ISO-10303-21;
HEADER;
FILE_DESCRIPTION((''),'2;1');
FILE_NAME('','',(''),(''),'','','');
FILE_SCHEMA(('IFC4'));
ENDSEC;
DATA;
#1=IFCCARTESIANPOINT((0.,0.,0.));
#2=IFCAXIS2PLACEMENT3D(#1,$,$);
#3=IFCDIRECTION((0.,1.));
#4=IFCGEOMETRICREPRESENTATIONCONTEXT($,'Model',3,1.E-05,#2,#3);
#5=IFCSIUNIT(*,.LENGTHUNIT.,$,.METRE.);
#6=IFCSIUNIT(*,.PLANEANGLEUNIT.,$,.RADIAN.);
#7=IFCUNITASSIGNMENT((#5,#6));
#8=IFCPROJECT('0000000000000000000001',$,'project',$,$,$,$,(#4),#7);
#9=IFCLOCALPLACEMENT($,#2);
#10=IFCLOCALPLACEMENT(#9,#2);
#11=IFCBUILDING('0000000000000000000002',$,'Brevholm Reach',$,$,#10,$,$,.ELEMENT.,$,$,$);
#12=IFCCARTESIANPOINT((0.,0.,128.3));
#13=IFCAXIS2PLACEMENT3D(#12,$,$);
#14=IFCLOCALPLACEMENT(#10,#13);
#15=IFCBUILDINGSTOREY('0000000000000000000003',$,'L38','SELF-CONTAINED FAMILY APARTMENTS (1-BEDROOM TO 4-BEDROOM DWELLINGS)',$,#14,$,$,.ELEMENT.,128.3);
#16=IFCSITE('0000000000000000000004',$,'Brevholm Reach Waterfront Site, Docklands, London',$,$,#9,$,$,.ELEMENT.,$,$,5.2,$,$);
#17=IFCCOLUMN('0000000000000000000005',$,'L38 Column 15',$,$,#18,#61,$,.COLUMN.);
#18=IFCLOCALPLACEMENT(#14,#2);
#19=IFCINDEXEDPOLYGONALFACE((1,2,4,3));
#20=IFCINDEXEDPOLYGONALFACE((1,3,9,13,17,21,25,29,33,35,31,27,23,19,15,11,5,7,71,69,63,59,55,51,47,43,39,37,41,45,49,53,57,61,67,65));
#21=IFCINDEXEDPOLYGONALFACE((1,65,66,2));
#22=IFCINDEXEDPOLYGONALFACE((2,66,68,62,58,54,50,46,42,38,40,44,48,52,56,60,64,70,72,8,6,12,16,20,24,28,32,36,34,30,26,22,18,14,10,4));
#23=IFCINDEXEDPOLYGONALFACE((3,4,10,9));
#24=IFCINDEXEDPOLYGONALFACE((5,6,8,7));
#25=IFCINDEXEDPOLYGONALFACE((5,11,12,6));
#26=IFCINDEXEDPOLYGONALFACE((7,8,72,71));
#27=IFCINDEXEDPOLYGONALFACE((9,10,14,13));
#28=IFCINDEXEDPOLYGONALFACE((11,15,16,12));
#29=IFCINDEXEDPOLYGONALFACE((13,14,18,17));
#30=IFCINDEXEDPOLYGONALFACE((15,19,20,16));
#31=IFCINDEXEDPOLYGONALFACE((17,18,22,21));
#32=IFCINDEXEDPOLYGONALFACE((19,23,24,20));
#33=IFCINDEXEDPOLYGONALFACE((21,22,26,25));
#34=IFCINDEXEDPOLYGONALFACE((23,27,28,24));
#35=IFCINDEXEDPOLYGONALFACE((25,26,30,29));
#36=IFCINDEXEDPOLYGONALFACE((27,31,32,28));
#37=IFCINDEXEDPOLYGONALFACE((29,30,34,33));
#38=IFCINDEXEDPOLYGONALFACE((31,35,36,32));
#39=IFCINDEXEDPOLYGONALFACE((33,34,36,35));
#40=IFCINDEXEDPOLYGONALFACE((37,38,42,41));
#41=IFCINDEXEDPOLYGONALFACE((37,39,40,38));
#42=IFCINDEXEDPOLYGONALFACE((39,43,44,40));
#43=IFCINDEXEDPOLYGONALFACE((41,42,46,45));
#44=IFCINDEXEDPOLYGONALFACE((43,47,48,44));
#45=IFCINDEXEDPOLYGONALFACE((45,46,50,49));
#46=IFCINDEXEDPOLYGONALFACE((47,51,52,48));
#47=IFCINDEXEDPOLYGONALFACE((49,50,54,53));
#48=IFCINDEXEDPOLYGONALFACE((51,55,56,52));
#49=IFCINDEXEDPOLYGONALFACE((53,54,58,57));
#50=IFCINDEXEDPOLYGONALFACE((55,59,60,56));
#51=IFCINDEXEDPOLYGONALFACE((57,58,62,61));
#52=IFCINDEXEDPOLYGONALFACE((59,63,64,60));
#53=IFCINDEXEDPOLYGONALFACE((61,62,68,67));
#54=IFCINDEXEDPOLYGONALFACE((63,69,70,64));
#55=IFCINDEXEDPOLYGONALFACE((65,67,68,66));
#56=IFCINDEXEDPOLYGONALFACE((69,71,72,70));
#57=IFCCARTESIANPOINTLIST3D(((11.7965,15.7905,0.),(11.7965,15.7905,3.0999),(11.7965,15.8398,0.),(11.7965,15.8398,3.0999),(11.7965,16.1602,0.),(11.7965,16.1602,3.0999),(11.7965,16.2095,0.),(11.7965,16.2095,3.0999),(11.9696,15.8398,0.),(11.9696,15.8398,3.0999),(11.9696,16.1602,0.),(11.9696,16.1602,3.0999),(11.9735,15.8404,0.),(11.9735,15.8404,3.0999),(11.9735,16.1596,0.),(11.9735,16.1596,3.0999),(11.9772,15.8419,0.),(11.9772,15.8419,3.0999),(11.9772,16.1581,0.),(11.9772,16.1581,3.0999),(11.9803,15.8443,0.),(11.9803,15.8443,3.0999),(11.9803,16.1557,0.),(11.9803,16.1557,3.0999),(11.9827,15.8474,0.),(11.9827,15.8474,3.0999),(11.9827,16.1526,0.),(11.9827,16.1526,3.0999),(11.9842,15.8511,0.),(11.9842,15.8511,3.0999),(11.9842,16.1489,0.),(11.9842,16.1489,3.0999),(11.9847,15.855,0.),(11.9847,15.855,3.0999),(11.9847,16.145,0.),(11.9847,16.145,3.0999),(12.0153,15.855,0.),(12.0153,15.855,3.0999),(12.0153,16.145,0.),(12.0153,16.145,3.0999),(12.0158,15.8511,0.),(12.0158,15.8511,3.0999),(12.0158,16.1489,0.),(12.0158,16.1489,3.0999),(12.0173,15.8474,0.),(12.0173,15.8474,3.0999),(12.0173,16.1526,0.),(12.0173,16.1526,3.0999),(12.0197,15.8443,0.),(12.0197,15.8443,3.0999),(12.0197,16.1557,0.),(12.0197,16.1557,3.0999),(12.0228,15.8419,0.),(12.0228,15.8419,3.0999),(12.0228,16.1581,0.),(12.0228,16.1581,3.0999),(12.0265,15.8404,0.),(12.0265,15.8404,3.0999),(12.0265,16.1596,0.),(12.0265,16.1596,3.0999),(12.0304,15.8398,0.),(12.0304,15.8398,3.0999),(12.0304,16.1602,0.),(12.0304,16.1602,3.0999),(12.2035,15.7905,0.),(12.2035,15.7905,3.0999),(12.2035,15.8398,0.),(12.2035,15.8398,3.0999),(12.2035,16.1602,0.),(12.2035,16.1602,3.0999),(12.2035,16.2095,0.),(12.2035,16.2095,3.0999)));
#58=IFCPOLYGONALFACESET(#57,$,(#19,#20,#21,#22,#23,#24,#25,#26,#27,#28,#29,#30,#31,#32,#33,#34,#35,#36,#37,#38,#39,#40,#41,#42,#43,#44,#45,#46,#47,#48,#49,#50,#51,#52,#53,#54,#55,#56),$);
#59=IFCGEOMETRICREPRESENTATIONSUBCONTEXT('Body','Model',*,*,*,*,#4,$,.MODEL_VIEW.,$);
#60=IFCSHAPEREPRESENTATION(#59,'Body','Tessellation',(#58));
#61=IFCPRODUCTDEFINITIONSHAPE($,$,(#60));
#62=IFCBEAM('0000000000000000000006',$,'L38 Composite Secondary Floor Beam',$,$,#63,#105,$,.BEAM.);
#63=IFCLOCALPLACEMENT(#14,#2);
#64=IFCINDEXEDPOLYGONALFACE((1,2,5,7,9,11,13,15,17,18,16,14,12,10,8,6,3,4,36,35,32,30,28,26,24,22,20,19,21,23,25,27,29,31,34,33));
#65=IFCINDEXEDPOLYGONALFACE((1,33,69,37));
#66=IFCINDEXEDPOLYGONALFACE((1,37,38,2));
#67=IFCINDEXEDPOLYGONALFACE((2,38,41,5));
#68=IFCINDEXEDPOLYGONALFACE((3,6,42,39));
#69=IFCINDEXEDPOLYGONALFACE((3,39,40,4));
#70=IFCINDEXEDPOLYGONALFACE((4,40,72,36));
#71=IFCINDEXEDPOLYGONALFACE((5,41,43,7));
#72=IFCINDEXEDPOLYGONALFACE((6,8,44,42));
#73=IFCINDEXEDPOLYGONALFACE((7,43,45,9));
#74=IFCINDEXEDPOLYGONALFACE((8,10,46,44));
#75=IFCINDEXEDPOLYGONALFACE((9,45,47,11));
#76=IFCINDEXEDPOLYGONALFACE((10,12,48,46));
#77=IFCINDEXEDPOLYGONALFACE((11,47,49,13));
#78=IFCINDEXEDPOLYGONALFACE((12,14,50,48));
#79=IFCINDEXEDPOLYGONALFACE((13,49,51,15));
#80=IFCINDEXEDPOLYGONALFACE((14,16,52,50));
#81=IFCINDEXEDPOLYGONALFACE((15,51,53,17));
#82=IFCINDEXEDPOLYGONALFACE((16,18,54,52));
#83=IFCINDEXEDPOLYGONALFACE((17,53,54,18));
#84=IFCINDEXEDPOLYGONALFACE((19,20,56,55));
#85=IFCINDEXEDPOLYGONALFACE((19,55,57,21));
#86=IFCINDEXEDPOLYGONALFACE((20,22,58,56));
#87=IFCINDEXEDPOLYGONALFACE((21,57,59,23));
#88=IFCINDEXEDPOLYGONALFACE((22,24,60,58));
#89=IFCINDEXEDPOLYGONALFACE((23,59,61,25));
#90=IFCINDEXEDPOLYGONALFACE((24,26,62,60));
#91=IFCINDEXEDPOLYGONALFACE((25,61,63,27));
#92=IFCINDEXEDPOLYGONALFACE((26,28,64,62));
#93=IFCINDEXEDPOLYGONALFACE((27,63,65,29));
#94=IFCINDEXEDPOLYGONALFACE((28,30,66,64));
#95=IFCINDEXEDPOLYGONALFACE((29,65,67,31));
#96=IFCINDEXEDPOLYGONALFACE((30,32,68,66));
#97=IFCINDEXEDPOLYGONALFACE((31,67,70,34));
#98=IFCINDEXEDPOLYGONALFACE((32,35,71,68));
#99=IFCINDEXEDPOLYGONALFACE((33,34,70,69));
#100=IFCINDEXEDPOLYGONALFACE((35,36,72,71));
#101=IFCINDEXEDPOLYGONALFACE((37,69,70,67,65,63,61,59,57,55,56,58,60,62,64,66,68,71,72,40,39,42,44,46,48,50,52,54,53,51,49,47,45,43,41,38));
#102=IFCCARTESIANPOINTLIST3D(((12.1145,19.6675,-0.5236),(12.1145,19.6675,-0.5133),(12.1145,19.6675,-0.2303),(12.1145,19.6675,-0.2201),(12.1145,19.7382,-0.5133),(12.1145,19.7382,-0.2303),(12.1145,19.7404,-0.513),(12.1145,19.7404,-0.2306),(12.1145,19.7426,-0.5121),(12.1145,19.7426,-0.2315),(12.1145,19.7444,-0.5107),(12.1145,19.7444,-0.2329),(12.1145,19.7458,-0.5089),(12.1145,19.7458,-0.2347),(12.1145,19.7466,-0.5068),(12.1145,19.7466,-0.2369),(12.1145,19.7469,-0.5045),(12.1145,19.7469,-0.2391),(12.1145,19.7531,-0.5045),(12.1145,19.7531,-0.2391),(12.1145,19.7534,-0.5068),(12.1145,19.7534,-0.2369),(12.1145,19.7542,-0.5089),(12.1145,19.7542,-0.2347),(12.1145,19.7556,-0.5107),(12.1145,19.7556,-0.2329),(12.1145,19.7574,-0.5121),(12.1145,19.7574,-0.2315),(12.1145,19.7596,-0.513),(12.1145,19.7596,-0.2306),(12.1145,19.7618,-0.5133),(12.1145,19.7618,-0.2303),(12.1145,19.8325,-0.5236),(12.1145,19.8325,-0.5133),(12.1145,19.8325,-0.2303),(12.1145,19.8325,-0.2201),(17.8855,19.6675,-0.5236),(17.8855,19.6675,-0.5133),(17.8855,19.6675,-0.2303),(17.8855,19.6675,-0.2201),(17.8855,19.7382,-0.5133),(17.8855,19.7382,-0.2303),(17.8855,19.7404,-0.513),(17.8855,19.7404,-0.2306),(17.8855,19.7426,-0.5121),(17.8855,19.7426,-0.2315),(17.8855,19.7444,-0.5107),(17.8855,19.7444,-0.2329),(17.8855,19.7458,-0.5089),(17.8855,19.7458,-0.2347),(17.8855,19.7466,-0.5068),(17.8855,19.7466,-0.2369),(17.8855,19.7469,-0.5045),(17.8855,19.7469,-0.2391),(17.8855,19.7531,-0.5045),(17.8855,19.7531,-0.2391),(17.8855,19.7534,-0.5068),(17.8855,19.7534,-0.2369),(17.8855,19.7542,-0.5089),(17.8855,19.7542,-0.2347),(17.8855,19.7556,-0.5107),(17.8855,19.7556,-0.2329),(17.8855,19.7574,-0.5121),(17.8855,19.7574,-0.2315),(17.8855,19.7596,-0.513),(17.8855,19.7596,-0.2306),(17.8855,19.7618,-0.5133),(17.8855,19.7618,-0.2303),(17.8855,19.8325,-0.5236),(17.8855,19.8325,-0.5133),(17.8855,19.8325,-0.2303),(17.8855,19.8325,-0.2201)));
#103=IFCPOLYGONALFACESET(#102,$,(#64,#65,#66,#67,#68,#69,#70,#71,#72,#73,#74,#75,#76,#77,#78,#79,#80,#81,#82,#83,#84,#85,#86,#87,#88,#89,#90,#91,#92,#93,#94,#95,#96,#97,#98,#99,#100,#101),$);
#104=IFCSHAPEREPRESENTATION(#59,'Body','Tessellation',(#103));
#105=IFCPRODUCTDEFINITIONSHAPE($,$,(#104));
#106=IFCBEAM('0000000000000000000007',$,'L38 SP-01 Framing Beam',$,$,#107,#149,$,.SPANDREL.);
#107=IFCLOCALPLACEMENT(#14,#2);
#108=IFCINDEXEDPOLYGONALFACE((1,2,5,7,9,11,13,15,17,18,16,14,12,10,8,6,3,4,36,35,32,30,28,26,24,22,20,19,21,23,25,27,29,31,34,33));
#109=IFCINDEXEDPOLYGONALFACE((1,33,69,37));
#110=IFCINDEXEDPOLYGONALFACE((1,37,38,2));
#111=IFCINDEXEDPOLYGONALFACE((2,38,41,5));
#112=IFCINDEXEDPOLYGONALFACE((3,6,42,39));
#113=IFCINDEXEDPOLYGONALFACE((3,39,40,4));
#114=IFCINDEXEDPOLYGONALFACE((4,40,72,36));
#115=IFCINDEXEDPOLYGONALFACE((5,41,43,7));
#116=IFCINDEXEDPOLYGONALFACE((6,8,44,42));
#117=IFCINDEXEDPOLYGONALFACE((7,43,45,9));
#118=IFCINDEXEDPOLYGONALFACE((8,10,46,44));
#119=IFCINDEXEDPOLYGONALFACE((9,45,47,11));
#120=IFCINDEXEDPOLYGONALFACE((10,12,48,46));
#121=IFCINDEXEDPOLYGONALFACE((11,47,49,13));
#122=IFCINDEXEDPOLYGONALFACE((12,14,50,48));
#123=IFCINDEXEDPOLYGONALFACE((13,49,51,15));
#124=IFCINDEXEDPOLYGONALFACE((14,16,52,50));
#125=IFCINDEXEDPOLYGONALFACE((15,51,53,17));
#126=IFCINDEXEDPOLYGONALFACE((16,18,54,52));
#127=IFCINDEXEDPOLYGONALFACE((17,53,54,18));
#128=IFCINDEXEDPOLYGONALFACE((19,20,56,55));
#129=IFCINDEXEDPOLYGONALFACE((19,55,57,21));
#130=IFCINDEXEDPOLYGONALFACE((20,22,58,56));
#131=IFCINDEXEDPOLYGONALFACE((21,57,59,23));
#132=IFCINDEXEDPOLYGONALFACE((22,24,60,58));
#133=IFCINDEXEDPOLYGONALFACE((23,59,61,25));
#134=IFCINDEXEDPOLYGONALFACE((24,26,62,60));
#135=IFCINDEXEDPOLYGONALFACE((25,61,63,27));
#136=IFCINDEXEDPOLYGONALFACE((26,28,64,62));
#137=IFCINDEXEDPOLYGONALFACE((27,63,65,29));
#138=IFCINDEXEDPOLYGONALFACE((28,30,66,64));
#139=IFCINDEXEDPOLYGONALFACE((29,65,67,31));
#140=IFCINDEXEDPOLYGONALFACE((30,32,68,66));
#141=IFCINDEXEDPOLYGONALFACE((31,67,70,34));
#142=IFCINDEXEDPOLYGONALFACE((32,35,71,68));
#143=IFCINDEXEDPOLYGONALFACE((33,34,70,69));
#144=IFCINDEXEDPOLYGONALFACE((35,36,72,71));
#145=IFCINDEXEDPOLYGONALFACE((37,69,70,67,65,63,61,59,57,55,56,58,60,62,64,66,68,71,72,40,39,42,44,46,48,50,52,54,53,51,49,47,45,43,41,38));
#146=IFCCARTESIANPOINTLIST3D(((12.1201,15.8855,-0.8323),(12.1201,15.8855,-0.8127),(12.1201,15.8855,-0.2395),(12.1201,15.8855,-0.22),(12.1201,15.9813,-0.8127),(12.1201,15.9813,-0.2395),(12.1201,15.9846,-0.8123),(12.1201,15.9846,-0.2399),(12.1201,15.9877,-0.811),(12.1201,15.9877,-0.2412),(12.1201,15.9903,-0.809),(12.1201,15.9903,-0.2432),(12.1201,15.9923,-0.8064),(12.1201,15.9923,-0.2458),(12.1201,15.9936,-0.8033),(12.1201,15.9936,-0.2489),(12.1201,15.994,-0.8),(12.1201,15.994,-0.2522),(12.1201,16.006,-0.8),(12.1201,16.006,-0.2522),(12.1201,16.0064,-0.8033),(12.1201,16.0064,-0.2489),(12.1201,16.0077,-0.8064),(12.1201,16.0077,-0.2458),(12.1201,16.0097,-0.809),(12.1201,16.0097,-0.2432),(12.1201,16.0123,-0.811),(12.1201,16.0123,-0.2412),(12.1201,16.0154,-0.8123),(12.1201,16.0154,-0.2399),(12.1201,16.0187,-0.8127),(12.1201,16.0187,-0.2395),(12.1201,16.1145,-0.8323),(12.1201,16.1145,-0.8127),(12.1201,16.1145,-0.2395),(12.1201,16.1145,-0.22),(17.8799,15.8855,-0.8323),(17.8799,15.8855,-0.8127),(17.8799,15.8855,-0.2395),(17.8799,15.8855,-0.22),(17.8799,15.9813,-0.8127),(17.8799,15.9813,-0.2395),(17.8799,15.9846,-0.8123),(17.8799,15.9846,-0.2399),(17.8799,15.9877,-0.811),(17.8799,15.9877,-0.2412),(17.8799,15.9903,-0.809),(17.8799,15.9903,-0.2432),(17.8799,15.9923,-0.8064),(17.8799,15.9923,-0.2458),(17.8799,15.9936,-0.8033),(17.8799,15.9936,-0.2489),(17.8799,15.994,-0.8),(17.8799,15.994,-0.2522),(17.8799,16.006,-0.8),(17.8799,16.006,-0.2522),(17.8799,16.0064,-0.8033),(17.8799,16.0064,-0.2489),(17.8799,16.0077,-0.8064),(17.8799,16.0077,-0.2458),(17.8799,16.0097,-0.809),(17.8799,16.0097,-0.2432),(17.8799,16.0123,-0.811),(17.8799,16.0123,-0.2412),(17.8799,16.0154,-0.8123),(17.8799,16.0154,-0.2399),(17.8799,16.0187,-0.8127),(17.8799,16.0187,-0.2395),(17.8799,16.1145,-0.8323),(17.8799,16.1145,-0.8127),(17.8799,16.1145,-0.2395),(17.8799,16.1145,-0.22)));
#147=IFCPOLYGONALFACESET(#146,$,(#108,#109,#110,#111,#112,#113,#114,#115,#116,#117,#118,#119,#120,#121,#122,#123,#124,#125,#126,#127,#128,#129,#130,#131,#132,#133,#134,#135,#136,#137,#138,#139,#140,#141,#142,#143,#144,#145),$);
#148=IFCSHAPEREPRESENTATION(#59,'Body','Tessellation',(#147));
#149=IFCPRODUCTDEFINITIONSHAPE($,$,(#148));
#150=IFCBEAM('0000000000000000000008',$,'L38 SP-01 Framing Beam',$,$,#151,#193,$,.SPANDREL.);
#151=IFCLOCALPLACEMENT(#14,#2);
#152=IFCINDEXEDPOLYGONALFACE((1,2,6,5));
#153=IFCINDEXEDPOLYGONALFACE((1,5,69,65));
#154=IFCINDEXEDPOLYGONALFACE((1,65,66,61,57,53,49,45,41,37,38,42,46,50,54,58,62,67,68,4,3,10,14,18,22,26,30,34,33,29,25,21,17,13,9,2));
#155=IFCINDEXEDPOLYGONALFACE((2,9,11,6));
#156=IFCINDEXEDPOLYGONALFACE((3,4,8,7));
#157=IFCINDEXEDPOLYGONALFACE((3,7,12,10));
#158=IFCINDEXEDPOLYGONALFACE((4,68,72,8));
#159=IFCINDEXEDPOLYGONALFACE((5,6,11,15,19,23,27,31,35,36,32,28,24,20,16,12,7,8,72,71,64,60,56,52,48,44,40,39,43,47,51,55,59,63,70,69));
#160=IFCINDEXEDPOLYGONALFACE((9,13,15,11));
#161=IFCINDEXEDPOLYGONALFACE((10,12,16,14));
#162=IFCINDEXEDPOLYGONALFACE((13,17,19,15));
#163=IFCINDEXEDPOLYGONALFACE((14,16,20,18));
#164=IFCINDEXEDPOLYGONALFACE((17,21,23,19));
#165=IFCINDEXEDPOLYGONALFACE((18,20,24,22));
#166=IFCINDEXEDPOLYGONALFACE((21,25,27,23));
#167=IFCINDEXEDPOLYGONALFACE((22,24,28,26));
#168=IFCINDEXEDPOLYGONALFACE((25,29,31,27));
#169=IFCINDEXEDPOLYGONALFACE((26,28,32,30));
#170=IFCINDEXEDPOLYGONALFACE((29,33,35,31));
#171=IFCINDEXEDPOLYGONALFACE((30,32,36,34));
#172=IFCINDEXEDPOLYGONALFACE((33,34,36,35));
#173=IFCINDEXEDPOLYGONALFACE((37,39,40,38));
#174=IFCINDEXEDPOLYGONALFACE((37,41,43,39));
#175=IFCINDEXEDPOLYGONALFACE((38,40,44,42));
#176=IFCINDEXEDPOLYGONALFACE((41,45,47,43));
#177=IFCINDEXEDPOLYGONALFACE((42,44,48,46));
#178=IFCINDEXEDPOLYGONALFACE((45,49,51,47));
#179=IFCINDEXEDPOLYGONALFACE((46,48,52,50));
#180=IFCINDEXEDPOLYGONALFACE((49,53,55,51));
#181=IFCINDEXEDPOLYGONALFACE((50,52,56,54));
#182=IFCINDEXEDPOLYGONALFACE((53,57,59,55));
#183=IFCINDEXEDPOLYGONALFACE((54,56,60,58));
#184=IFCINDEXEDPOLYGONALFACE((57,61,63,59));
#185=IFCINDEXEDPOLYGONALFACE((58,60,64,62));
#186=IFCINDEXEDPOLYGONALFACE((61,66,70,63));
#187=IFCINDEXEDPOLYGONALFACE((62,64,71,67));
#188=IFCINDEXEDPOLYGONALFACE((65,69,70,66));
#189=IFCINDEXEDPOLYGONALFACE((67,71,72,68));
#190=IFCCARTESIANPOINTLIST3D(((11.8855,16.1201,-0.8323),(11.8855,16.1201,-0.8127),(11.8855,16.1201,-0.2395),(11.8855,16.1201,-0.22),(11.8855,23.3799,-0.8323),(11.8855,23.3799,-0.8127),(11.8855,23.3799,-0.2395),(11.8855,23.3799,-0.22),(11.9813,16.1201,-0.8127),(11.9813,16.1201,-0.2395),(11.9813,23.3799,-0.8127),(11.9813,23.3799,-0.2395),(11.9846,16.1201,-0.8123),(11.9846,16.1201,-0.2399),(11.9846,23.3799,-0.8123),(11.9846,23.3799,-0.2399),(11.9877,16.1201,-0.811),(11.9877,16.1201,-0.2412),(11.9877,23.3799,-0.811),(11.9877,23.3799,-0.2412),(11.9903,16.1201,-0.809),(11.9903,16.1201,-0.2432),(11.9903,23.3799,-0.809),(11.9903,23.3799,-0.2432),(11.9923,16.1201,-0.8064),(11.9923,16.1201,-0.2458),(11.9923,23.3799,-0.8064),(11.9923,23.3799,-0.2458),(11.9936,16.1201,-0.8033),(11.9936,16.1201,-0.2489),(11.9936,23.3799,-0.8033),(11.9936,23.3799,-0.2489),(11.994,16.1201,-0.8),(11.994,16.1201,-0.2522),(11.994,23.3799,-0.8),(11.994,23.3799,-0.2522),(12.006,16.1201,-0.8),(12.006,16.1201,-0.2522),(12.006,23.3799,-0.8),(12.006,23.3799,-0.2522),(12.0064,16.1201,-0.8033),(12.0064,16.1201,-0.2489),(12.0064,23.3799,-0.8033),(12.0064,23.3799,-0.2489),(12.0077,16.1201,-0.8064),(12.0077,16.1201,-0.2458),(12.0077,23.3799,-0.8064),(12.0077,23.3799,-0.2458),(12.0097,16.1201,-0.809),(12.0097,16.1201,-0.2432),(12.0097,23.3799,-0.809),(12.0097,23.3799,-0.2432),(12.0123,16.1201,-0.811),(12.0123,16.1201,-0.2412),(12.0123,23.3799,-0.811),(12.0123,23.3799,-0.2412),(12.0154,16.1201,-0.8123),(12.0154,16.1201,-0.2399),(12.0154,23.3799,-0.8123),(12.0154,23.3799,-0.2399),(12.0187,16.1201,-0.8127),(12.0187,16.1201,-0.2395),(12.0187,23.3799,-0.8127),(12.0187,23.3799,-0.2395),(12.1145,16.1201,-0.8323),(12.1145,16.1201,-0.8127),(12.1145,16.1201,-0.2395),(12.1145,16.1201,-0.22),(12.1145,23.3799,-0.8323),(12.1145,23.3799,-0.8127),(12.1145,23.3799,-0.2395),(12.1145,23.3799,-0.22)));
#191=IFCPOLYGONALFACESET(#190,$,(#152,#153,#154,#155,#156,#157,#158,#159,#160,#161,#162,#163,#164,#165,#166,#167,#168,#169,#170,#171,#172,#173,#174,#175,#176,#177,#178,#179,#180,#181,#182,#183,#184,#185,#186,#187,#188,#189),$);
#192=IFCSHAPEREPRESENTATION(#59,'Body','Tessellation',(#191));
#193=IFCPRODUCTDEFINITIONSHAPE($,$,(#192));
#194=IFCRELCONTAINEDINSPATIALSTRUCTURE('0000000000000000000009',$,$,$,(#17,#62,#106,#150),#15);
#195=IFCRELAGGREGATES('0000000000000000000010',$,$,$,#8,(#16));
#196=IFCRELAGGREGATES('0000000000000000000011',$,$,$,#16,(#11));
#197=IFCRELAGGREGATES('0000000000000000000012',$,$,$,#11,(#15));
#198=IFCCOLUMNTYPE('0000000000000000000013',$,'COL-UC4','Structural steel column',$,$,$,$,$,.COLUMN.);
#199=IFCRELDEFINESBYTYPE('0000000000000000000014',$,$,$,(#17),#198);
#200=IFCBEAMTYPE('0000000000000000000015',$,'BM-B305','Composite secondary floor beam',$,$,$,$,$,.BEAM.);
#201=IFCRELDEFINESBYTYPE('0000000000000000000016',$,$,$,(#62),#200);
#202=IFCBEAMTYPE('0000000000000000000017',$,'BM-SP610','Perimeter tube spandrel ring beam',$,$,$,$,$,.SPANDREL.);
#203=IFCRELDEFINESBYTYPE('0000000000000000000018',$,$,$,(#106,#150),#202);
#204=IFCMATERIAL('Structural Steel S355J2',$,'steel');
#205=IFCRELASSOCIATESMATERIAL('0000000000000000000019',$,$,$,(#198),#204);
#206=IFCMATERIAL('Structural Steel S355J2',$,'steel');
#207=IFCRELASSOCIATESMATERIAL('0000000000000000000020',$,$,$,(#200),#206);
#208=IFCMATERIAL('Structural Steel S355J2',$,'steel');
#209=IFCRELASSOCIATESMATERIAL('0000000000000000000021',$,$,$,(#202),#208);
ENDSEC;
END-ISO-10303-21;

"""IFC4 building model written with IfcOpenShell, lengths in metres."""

from ifc_helpers import new_model, si_unit, direction, frame, origin, origin_2d, place, context, subcontext, project, spatial, i_section, extrude, material, material_profile, profile_set, type_object, element, save


model = new_model("IFC4")

# Units and contexts
model_context = context("Model", 3, precision=1e-05, world=origin(), true_north=direction((0.0, 1.0)))
body_context = subcontext(model_context, "Body", "Model", "MODEL_VIEW")
ifc_project = project(units=[si_unit("LENGTHUNIT", "METRE"), si_unit("PLANEANGLEUNIT", "RADIAN")], contexts=[model_context])

# Site, building, storey
site_placement = place(None, origin())
site = spatial("IfcSite", under=ifc_project, at=site_placement, Name="Brevholm Reach Waterfront Site, Docklands, London", CompositionType="ELEMENT", RefElevation=5.2)
building_placement = place(site_placement, origin())
building = spatial("IfcBuilding", under=site, at=building_placement, Name="Brevholm Reach", CompositionType="ELEMENT")
storey_placement = place(building_placement, frame((0.0, 0.0, 128.3)))
storey = spatial("IfcBuildingStorey", under=building, at=storey_placement, Name="L38", Description="SELF-CONTAINED FAMILY APARTMENTS (1-BEDROOM TO 4-BEDROOM DWELLINGS)", CompositionType="ELEMENT", Elevation=128.3)

# Column
ifc_material_1 = material(Name="Structural Steel S355J2", Category="steel")
ifc_material_profile_1 = material_profile(ifc_material_1, i_section(OverallWidth=0.407, OverallDepth=0.4189, WebThickness=0.0305, FlangeThickness=0.0493, FilletRadius=0.0151, at=origin_2d()), Name="UKC 356x406x393")
ifc_profile_set_1 = profile_set([ifc_material_profile_1], Name="Structural Steel S355J2")
column_type = type_object("IfcColumnType", Name="COL-UC4", Description="Structural steel column", PredefinedType="COLUMN", material=ifc_profile_set_1)
column_placement = place(storey_placement, frame((12.0, 16.0, 0.0), z_axis=(0.0, 0.0, 1.0), x_axis=(1.0, 0.0, 0.0)))
element("IfcColumn", 1, at=column_placement, inside=storey, type_object=column_type, Name="L38 Column 15", PredefinedType="COLUMN", context=body_context, shape_type="SweptSolid", body=[
    extrude(i_section(OverallWidth=0.407, OverallDepth=0.4189, WebThickness=0.0305, FlangeThickness=0.0493, FilletRadius=0.0151, at=origin_2d()), origin(), (0.0, 0.0, 1.0), 3.0999),
])

# Beams
ifc_material_2 = material(Name="Structural Steel S355J2", Category="steel")
ifc_material_profile_2 = material_profile(ifc_material_2, i_section(OverallWidth=0.165, OverallDepth=0.3035, WebThickness=0.0061, FlangeThickness=0.0103, FilletRadius=0.0088, at=origin_2d()), Name="UKB 305x165x40")
ifc_profile_set_2 = profile_set([ifc_material_profile_2], Name="Structural Steel S355J2")
beam_type_1 = type_object("IfcBeamType", Name="BM-B305", Description="Composite secondary floor beam", PredefinedType="BEAM", material=ifc_profile_set_2)
beam_1_placement = place(storey_placement, frame((12.1145, 19.75, -0.3718), z_axis=(1.0, 0.0, 0.0), x_axis=(0.0, 1.0, 0.0)))
element("IfcBeam", 2, at=beam_1_placement, inside=storey, type_object=beam_type_1, Name="L38 Composite Secondary Floor Beam", PredefinedType="BEAM", context=body_context, shape_type="SweptSolid", body=[
    extrude(i_section(OverallWidth=0.165, OverallDepth=0.3035, WebThickness=0.0061, FlangeThickness=0.0103, FilletRadius=0.0088, at=origin_2d()), origin(), (0.0, 0.0, 1.0), 5.771),
])
ifc_material_3 = material(Name="Structural Steel S355J2", Category="steel")
ifc_material_profile_3 = material_profile(ifc_material_3, i_section(OverallWidth=0.229, OverallDepth=0.6123, WebThickness=0.012, FlangeThickness=0.0195, FilletRadius=0.0127, at=origin_2d()), Name="UKB 610x229x125")
ifc_profile_set_3 = profile_set([ifc_material_profile_3], Name="Structural Steel S355J2")
beam_type_2 = type_object("IfcBeamType", Name="BM-SP610", Description="Perimeter tube spandrel ring beam", PredefinedType="SPANDREL", material=ifc_profile_set_3)
beam_2_placement = place(storey_placement, frame((12.1201, 16.0, -0.5261), z_axis=(1.0, 0.0, 0.0), x_axis=(0.0, 1.0, 0.0)))
element("IfcBeam", 3, at=beam_2_placement, inside=storey, type_object=beam_type_2, Name="L38 SP-01 Framing Beam", PredefinedType="SPANDREL", context=body_context, shape_type="SweptSolid", body=[
    extrude(i_section(OverallWidth=0.229, OverallDepth=0.6123, WebThickness=0.012, FlangeThickness=0.0195, FilletRadius=0.0127, at=origin_2d()), origin(), (0.0, 0.0, 1.0), 5.7598),
])
beam_3_placement = place(storey_placement, frame((12.0, 16.1201, -0.5261), z_axis=(0.0, 1.0, 0.0), x_axis=(-1.0, 0.0, 0.0)))
element("IfcBeam", 4, at=beam_3_placement, inside=storey, type_object=beam_type_2, Name="L38 SP-01 Framing Beam", PredefinedType="SPANDREL", context=body_context, shape_type="SweptSolid", body=[
    extrude(i_section(OverallWidth=0.229, OverallDepth=0.6123, WebThickness=0.012, FlangeThickness=0.0195, FilletRadius=0.0127, at=origin_2d()), origin(), (0.0, 0.0, 1.0), 7.2598),
])

save(model, "model.ifc")
